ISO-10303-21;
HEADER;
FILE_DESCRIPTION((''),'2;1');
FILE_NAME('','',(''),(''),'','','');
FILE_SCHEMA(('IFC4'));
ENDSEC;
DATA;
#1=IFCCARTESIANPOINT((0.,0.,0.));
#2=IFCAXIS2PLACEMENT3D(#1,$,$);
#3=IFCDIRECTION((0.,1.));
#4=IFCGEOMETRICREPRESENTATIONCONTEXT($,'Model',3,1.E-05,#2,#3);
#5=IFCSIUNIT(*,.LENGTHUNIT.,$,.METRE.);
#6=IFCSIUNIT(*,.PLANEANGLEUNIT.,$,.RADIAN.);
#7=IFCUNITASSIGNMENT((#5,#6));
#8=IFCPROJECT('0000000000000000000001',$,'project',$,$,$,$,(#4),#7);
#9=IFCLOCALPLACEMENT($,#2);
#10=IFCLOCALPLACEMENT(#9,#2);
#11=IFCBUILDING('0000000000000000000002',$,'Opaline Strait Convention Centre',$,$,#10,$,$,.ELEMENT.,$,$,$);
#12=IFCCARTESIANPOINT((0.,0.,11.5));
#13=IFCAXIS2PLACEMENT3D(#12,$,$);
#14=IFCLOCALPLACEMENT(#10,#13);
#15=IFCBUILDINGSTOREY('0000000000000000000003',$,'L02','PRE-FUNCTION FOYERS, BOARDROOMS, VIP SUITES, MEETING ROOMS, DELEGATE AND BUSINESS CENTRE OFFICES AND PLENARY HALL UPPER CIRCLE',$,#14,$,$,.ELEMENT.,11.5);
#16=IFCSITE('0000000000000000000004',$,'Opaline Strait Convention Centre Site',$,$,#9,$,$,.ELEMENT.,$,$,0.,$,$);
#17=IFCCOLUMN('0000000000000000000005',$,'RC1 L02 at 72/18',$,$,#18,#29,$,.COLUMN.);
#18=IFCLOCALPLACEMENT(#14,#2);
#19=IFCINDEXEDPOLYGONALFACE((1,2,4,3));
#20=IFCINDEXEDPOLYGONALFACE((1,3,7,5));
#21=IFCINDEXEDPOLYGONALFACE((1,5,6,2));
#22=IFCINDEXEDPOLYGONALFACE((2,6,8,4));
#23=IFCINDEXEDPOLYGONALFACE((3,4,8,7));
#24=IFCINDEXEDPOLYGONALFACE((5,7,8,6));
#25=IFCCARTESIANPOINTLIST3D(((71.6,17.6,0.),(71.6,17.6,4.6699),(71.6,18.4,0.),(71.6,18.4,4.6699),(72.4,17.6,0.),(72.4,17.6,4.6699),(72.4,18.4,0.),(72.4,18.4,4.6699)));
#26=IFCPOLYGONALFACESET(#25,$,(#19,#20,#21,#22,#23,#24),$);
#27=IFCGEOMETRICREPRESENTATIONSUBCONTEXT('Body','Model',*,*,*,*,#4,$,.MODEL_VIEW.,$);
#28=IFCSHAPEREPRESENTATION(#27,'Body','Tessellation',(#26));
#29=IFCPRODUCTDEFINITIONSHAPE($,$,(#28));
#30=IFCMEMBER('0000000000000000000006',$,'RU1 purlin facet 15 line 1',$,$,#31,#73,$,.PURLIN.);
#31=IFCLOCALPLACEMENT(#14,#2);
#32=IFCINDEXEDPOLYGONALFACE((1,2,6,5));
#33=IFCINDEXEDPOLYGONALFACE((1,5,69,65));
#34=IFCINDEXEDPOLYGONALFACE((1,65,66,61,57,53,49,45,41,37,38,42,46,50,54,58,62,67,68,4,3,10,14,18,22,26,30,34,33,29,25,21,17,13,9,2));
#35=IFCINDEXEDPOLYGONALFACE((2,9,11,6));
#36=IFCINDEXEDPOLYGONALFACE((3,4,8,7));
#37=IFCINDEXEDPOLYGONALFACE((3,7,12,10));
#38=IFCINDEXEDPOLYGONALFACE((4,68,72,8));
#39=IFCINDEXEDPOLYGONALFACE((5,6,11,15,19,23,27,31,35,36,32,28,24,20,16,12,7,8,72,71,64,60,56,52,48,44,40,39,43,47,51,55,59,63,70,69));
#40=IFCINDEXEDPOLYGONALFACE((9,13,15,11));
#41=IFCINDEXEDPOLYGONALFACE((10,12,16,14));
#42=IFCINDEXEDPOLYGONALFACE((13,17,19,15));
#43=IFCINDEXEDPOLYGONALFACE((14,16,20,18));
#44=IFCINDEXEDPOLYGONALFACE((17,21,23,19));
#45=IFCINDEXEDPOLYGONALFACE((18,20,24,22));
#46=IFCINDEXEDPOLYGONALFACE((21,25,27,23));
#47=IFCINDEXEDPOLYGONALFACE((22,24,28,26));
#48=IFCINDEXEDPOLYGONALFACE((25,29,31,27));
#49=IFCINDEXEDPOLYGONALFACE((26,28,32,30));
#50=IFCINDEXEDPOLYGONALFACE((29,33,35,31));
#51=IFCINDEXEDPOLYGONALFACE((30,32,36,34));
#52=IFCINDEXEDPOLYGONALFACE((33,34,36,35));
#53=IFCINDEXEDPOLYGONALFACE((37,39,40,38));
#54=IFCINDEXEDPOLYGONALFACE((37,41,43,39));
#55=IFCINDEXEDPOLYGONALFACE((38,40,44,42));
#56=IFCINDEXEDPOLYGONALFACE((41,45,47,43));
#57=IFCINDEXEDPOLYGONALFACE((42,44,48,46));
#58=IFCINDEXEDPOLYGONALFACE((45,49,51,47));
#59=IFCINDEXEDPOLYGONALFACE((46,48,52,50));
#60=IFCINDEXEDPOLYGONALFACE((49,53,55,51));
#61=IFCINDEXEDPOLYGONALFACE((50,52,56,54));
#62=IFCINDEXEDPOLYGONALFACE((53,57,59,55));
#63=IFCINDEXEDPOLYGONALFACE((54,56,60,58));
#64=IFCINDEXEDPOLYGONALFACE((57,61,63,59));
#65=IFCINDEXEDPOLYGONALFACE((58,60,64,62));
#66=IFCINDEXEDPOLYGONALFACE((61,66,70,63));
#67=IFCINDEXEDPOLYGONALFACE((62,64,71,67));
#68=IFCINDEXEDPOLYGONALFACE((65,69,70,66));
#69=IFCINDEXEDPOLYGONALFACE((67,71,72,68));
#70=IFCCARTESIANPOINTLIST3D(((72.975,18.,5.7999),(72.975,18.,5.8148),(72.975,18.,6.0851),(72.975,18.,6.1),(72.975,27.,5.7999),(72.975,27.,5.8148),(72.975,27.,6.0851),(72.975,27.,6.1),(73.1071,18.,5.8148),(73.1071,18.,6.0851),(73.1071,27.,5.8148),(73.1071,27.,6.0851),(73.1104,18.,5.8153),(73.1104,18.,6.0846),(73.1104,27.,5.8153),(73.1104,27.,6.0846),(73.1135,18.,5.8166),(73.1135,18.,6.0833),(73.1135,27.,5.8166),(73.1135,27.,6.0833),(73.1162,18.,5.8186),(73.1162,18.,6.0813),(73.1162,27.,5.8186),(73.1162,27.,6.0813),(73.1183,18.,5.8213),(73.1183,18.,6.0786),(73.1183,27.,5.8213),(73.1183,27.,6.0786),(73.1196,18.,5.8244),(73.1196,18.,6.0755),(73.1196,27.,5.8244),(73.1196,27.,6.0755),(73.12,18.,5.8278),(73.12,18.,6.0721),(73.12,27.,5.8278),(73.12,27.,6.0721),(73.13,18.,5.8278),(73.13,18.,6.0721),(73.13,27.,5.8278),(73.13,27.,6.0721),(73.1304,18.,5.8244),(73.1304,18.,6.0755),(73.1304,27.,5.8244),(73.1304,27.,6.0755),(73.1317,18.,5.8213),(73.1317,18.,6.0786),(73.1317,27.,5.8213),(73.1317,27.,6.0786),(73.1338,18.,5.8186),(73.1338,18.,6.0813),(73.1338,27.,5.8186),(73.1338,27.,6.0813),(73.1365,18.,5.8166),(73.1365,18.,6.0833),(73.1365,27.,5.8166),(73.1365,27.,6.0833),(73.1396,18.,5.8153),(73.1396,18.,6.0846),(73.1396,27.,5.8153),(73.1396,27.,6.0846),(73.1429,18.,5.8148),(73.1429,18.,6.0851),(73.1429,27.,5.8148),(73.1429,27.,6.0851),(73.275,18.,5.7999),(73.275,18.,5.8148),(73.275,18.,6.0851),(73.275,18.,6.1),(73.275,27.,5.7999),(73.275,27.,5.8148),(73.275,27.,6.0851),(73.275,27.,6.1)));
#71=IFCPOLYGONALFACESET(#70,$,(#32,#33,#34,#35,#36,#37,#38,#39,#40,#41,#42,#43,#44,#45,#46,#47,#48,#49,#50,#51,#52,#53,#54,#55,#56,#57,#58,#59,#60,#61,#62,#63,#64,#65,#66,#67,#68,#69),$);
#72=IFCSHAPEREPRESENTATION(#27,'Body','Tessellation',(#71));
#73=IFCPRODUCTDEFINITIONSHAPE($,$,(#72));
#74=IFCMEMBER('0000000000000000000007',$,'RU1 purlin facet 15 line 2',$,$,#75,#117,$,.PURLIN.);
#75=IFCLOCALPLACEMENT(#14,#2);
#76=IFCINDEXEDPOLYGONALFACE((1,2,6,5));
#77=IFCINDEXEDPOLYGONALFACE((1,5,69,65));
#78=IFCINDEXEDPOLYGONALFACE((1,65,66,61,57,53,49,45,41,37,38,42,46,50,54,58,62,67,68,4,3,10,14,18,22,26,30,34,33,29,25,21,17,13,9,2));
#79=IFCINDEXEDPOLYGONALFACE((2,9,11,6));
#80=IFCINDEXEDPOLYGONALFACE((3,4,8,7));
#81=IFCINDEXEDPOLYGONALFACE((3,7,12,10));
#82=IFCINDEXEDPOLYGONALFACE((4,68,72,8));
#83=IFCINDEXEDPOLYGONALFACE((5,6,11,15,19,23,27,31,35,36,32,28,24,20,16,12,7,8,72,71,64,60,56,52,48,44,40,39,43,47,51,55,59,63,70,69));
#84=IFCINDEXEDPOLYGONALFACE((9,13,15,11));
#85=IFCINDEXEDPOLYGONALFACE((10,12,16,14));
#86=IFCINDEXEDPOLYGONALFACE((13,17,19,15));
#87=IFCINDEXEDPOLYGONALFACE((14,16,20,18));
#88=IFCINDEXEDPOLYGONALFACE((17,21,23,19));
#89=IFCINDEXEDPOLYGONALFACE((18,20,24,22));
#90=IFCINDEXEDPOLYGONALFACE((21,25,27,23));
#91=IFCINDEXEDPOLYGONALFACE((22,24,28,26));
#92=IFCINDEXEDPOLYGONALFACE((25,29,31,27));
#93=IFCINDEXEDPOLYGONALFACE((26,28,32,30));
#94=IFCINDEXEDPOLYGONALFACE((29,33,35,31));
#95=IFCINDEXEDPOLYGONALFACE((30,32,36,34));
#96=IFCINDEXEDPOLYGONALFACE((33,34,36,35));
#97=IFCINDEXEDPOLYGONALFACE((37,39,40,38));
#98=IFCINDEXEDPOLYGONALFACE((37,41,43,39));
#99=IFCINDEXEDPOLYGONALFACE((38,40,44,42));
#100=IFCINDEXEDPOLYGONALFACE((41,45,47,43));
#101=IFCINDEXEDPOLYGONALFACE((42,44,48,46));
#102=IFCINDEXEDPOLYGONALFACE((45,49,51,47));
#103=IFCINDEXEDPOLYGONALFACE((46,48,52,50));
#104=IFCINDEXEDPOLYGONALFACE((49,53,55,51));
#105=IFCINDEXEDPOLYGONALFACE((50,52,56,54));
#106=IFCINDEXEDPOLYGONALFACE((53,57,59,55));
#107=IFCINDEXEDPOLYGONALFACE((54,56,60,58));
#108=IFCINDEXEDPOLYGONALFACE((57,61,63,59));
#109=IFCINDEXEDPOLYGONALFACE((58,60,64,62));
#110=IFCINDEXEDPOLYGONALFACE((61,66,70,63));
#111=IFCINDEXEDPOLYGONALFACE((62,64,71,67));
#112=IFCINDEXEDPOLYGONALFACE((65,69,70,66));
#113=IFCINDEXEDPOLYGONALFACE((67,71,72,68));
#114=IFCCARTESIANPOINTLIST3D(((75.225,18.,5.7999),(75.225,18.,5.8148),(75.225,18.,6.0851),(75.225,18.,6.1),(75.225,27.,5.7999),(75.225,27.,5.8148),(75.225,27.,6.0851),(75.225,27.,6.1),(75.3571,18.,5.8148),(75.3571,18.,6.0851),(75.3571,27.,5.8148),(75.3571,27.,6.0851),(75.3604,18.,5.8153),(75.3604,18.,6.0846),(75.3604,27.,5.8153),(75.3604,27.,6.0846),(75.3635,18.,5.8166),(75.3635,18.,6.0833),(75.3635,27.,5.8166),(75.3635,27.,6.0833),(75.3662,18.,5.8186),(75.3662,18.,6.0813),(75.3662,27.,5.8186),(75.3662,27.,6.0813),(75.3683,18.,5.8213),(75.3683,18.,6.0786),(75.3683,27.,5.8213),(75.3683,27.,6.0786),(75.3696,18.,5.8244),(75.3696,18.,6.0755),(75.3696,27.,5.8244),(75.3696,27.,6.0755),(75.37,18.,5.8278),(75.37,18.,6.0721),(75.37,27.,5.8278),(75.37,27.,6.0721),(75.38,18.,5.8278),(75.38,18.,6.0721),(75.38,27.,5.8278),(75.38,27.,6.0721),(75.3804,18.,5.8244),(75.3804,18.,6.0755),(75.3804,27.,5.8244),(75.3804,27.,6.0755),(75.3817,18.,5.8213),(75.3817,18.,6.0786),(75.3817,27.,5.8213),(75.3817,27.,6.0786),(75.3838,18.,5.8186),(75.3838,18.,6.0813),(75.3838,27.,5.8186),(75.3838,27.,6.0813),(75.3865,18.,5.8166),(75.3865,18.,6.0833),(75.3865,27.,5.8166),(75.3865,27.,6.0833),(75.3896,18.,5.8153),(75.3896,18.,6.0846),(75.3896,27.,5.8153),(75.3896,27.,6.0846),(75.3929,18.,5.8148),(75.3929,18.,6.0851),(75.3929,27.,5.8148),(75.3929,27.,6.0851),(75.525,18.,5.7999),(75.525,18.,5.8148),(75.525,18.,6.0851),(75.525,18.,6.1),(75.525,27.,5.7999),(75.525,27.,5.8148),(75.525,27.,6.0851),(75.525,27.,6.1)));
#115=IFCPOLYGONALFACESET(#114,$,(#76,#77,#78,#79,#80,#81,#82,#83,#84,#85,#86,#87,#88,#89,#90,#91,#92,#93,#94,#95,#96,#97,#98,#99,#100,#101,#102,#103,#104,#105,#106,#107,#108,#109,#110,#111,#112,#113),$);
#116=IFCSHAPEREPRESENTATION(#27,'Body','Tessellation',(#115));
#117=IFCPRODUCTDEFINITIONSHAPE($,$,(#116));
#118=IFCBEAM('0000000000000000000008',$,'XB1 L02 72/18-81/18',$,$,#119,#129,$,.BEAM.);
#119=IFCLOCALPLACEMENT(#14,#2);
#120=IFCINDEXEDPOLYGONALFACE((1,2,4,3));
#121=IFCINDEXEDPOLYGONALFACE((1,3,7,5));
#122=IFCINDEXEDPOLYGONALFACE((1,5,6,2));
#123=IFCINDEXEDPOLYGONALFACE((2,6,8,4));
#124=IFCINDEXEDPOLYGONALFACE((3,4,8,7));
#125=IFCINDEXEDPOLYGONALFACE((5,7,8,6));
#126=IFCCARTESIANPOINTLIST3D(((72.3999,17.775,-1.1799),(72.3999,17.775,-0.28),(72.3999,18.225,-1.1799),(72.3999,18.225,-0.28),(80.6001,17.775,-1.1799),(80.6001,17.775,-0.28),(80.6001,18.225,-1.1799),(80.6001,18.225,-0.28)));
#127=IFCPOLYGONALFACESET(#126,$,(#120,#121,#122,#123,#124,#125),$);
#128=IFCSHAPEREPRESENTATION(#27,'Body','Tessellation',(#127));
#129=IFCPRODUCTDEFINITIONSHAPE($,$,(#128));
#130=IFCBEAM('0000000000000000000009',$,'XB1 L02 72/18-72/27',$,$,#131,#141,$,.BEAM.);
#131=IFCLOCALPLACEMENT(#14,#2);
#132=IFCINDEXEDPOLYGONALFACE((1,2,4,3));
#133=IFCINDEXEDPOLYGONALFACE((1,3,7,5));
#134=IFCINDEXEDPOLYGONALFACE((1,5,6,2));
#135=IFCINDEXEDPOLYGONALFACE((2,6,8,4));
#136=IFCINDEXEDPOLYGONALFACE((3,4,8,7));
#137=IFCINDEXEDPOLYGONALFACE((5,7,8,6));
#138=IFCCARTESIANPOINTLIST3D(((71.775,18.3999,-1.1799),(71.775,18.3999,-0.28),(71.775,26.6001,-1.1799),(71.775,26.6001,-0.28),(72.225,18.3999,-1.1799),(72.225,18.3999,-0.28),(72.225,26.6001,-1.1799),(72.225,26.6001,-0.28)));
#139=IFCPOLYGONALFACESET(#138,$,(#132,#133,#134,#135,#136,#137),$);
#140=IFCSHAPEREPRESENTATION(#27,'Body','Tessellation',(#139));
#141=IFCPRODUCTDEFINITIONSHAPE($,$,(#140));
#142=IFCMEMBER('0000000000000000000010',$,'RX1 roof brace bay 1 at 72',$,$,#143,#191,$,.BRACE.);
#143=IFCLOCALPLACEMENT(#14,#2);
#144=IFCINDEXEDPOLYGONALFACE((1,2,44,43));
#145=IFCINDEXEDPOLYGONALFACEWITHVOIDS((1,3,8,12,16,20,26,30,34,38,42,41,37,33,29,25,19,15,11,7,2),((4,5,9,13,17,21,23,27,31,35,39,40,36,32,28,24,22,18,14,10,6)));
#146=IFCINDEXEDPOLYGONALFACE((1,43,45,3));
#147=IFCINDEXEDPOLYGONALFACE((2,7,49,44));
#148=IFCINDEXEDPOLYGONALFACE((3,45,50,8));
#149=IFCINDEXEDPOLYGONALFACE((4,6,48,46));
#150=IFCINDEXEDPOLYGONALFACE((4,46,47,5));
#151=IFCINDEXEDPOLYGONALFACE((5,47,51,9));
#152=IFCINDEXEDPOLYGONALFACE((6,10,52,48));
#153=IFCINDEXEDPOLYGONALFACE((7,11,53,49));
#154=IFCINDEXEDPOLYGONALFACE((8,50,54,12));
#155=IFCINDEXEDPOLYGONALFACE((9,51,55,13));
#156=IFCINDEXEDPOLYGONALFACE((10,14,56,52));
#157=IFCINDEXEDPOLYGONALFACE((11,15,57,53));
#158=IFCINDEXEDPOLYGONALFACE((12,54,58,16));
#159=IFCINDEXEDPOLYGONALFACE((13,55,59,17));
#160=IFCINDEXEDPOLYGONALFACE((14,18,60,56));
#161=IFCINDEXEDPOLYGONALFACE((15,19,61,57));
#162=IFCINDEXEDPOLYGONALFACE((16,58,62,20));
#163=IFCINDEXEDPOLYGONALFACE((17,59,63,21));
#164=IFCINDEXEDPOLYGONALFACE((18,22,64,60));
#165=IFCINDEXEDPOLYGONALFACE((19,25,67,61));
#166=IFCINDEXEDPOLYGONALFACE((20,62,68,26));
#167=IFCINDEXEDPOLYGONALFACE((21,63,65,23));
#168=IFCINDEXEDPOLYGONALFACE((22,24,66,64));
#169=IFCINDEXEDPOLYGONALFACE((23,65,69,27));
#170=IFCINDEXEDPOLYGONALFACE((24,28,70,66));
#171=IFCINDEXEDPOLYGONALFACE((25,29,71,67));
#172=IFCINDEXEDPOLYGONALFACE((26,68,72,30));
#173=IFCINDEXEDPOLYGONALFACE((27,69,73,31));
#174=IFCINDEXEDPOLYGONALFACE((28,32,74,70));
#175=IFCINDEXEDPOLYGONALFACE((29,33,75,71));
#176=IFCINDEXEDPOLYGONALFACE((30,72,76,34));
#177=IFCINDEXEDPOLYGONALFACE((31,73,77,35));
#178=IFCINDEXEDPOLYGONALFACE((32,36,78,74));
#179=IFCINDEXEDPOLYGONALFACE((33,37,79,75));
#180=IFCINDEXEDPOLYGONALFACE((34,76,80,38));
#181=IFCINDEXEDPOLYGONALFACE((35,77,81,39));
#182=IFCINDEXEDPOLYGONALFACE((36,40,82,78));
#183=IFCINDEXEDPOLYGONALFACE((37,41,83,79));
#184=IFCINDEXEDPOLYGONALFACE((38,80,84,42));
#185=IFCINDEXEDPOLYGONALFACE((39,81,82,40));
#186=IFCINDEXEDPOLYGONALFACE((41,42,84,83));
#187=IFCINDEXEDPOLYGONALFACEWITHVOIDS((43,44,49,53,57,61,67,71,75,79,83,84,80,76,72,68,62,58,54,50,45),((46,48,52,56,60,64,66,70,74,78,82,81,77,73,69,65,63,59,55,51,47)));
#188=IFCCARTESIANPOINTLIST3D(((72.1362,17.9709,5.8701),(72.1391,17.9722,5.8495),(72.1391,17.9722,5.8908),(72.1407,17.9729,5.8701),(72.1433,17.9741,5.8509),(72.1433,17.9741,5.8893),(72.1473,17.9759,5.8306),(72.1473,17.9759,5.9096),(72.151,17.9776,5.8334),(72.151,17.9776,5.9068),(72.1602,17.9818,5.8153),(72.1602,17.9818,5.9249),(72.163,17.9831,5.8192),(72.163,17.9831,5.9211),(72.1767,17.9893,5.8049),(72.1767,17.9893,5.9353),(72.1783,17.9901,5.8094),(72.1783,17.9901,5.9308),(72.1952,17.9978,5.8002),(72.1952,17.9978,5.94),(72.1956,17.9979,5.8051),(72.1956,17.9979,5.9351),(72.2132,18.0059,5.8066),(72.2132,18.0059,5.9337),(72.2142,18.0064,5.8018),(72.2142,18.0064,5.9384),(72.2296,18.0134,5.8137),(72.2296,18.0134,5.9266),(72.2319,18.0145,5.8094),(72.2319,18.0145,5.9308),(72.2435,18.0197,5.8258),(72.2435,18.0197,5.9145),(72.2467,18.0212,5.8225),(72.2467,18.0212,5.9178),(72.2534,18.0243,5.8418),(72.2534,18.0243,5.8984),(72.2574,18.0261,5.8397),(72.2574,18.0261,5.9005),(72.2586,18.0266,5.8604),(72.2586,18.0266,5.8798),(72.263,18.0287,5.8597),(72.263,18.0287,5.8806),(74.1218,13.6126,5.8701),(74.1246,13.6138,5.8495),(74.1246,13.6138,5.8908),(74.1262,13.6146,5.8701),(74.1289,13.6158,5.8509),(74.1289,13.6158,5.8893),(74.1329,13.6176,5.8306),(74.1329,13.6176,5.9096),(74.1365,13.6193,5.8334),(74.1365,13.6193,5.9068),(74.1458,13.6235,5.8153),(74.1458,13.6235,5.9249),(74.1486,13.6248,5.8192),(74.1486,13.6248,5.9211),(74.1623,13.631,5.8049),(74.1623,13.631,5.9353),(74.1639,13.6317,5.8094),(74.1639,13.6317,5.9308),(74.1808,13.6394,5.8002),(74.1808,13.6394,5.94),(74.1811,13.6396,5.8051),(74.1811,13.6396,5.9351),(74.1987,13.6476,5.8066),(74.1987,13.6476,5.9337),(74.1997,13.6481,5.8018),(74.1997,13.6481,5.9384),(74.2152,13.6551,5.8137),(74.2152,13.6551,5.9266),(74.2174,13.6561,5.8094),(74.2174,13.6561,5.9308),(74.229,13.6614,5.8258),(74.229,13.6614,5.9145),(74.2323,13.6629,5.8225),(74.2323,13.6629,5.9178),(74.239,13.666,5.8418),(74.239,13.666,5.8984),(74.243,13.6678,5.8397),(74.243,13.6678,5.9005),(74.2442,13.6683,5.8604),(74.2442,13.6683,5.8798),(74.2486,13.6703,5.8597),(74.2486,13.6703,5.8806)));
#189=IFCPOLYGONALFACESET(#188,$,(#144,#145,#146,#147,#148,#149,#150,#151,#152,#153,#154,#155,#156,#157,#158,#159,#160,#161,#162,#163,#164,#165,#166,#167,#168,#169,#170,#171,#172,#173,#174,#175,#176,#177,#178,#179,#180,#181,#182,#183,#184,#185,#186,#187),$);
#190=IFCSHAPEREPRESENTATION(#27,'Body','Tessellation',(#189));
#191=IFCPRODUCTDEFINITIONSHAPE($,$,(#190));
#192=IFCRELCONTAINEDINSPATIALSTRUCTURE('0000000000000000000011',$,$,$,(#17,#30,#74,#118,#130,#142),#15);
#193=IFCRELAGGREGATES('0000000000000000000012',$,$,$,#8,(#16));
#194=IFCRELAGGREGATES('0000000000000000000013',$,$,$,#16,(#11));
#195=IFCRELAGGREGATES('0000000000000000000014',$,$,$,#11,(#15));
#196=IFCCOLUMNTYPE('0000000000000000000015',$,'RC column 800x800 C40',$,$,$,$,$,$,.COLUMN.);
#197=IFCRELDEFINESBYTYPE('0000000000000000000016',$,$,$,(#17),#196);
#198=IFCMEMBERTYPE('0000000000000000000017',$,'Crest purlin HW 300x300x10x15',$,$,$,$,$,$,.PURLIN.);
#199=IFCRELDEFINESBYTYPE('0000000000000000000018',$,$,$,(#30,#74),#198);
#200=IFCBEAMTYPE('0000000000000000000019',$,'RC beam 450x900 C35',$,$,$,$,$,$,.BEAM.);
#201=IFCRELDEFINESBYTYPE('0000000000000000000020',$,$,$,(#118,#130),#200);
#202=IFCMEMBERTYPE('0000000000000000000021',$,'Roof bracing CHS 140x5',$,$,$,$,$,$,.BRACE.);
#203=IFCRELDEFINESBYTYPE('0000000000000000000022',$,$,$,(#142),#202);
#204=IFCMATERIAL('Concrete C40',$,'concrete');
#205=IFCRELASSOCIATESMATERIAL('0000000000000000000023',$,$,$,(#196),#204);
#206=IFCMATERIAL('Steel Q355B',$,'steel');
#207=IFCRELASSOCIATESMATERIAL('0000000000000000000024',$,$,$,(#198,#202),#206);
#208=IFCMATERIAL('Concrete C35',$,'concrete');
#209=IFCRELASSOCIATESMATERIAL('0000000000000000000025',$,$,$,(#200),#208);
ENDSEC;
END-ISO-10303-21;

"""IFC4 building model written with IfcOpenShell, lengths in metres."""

from ifc_helpers import new_model, si_unit, direction, frame, origin, origin_2d, place, context, subcontext, project, spatial, rectangle, hollow_circle, i_section, extrude, material, material_profile, profile_set, type_object, element, save


model = new_model("IFC4")

# Units and contexts
model_context = context("Model", 3, precision=1e-05, world=origin(), true_north=direction((0.0, 1.0)))
body_context = subcontext(model_context, "Body", "Model", "MODEL_VIEW")
ifc_project = project(units=[si_unit("LENGTHUNIT", "METRE"), si_unit("PLANEANGLEUNIT", "RADIAN")], contexts=[model_context])

# Site, building, storey
site_placement = place(None, origin())
site = spatial("IfcSite", under=ifc_project, at=site_placement, Name="Opaline Strait Convention Centre Site", CompositionType="ELEMENT", RefElevation=0.0)
building_placement = place(site_placement, origin())
building = spatial("IfcBuilding", under=site, at=building_placement, Name="Opaline Strait Convention Centre", CompositionType="ELEMENT")
storey_placement = place(building_placement, frame((0.0, 0.0, 11.5)))
storey = spatial("IfcBuildingStorey", under=building, at=storey_placement, Name="L02", Description="PRE-FUNCTION FOYERS, BOARDROOMS, VIP SUITES, MEETING ROOMS, DELEGATE AND BUSINESS CENTRE OFFICES AND PLENARY HALL UPPER CIRCLE", CompositionType="ELEMENT", Elevation=11.5)

# Column
ifc_material_1 = material(Name="Concrete C40", Category="concrete")
ifc_material_profile_1 = material_profile(ifc_material_1, rectangle(XDim=0.8, YDim=0.8, at=origin_2d()), Name="RC 800x800")
ifc_profile_set_1 = profile_set([ifc_material_profile_1], Name="Concrete C40")
column_type = type_object("IfcColumnType", Name="RC column 800x800 C40", PredefinedType="COLUMN", material=ifc_profile_set_1)
column_placement = place(storey_placement, frame((72.0, 18.0, 0.0), z_axis=(0.0, 0.0, 1.0), x_axis=(1.0, 0.0, 0.0)))
element("IfcColumn", 1, at=column_placement, inside=storey, type_object=column_type, Name="RC1 L02 at 72/18", PredefinedType="COLUMN", context=body_context, shape_type="SweptSolid", body=[
    extrude(rectangle(XDim=0.8, YDim=0.8, at=origin_2d()), origin(), (0.0, 0.0, 1.0), 4.6699),
])

# Members
ifc_material_2 = material(Name="Steel Q355B", Category="steel")
ifc_material_profile_2 = material_profile(ifc_material_2, i_section(OverallWidth=0.3, OverallDepth=0.3, WebThickness=0.01, FlangeThickness=0.0149, FilletRadius=0.0129, at=origin_2d()), Name="HW 300x300x10x15")
ifc_profile_set_2 = profile_set([ifc_material_profile_2], Name="Steel Q355B")
member_type_1 = type_object("IfcMemberType", Name="Crest purlin HW 300x300x10x15", PredefinedType="PURLIN", material=ifc_profile_set_2)
for number, where, z_axis, x_axis, name in (
    (2, (73.125, 18.0, 5.95), (0.0, 1.0, 0.0), (-1.0, 0.0, 0.0), "RU1 purlin facet 15 line 1"),
    (3, (75.375, 18.0, 5.95), (0.0, 1.0, 0.0), (-1.0, 0.0, 0.0), "RU1 purlin facet 15 line 2"),
):
    element("IfcMember", number, at=place(storey_placement, frame(where, z_axis=z_axis, x_axis=x_axis)), inside=storey, type_object=member_type_1, Name=name, PredefinedType="PURLIN", context=body_context, shape_type="SweptSolid", body=[
        extrude(i_section(OverallWidth=0.3, OverallDepth=0.3, WebThickness=0.01, FlangeThickness=0.0149, FilletRadius=0.0129, at=origin_2d()), origin(), (0.0, 0.0, 1.0), 9.0),
    ])

# Beams
ifc_material_3 = material(Name="Concrete C35", Category="concrete")
ifc_material_profile_3 = material_profile(ifc_material_3, rectangle(XDim=0.45, YDim=0.8999, at=origin_2d()), Name="RC 450x900")
ifc_profile_set_3 = profile_set([ifc_material_profile_3], Name="Concrete C35")
beam_type = type_object("IfcBeamType", Name="RC beam 450x900 C35", PredefinedType="BEAM", material=ifc_profile_set_3)
for number, where, z_axis, x_axis, name in (
    (4, (72.3999, 18.0, -0.73), (1.0, 0.0, 0.0), (0.0, 1.0, 0.0), "XB1 L02 72/18-81/18"),
    (5, (72.0, 18.3999, -0.73), (0.0, 1.0, 0.0), (-1.0, 0.0, 0.0), "XB1 L02 72/18-72/27"),
):
    element("IfcBeam", number, at=place(storey_placement, frame(where, z_axis=z_axis, x_axis=x_axis)), inside=storey, type_object=beam_type, Name=name, PredefinedType="BEAM", context=body_context, shape_type="SweptSolid", body=[
        extrude(rectangle(XDim=0.45, YDim=0.8999, at=origin_2d()), origin(), (0.0, 0.0, 1.0), 8.2002),
    ])

# Member
ifc_material_profile_4 = material_profile(ifc_material_2, hollow_circle(Radius=0.0701, WallThickness=0.0049, at=origin_2d()), Name="CHS 140x5")
ifc_profile_set_4 = profile_set([ifc_material_profile_4], Name="Steel Q355B")
member_type_2 = type_object("IfcMemberType", Name="Roof bracing CHS 140x5", PredefinedType="BRACE", material=ifc_profile_set_4)
member_1_placement = place(storey_placement, frame((74.1855, 13.6416, 5.8701), z_axis=(-0.414582, 0.910012, 0.0), x_axis=(-0.910012, -0.414582, 0.0)))
element("IfcMember", 6, at=member_1_placement, inside=storey, type_object=member_type_2, Name="RX1 roof brace bay 1 at 72", PredefinedType="BRACE", context=body_context, shape_type="SweptSolid", body=[
    extrude(hollow_circle(Radius=0.0701, WallThickness=0.0049, at=origin_2d()), origin(), (0.0, 0.0, 1.0), 4.7893),
])

save(model, "model.ifc")
